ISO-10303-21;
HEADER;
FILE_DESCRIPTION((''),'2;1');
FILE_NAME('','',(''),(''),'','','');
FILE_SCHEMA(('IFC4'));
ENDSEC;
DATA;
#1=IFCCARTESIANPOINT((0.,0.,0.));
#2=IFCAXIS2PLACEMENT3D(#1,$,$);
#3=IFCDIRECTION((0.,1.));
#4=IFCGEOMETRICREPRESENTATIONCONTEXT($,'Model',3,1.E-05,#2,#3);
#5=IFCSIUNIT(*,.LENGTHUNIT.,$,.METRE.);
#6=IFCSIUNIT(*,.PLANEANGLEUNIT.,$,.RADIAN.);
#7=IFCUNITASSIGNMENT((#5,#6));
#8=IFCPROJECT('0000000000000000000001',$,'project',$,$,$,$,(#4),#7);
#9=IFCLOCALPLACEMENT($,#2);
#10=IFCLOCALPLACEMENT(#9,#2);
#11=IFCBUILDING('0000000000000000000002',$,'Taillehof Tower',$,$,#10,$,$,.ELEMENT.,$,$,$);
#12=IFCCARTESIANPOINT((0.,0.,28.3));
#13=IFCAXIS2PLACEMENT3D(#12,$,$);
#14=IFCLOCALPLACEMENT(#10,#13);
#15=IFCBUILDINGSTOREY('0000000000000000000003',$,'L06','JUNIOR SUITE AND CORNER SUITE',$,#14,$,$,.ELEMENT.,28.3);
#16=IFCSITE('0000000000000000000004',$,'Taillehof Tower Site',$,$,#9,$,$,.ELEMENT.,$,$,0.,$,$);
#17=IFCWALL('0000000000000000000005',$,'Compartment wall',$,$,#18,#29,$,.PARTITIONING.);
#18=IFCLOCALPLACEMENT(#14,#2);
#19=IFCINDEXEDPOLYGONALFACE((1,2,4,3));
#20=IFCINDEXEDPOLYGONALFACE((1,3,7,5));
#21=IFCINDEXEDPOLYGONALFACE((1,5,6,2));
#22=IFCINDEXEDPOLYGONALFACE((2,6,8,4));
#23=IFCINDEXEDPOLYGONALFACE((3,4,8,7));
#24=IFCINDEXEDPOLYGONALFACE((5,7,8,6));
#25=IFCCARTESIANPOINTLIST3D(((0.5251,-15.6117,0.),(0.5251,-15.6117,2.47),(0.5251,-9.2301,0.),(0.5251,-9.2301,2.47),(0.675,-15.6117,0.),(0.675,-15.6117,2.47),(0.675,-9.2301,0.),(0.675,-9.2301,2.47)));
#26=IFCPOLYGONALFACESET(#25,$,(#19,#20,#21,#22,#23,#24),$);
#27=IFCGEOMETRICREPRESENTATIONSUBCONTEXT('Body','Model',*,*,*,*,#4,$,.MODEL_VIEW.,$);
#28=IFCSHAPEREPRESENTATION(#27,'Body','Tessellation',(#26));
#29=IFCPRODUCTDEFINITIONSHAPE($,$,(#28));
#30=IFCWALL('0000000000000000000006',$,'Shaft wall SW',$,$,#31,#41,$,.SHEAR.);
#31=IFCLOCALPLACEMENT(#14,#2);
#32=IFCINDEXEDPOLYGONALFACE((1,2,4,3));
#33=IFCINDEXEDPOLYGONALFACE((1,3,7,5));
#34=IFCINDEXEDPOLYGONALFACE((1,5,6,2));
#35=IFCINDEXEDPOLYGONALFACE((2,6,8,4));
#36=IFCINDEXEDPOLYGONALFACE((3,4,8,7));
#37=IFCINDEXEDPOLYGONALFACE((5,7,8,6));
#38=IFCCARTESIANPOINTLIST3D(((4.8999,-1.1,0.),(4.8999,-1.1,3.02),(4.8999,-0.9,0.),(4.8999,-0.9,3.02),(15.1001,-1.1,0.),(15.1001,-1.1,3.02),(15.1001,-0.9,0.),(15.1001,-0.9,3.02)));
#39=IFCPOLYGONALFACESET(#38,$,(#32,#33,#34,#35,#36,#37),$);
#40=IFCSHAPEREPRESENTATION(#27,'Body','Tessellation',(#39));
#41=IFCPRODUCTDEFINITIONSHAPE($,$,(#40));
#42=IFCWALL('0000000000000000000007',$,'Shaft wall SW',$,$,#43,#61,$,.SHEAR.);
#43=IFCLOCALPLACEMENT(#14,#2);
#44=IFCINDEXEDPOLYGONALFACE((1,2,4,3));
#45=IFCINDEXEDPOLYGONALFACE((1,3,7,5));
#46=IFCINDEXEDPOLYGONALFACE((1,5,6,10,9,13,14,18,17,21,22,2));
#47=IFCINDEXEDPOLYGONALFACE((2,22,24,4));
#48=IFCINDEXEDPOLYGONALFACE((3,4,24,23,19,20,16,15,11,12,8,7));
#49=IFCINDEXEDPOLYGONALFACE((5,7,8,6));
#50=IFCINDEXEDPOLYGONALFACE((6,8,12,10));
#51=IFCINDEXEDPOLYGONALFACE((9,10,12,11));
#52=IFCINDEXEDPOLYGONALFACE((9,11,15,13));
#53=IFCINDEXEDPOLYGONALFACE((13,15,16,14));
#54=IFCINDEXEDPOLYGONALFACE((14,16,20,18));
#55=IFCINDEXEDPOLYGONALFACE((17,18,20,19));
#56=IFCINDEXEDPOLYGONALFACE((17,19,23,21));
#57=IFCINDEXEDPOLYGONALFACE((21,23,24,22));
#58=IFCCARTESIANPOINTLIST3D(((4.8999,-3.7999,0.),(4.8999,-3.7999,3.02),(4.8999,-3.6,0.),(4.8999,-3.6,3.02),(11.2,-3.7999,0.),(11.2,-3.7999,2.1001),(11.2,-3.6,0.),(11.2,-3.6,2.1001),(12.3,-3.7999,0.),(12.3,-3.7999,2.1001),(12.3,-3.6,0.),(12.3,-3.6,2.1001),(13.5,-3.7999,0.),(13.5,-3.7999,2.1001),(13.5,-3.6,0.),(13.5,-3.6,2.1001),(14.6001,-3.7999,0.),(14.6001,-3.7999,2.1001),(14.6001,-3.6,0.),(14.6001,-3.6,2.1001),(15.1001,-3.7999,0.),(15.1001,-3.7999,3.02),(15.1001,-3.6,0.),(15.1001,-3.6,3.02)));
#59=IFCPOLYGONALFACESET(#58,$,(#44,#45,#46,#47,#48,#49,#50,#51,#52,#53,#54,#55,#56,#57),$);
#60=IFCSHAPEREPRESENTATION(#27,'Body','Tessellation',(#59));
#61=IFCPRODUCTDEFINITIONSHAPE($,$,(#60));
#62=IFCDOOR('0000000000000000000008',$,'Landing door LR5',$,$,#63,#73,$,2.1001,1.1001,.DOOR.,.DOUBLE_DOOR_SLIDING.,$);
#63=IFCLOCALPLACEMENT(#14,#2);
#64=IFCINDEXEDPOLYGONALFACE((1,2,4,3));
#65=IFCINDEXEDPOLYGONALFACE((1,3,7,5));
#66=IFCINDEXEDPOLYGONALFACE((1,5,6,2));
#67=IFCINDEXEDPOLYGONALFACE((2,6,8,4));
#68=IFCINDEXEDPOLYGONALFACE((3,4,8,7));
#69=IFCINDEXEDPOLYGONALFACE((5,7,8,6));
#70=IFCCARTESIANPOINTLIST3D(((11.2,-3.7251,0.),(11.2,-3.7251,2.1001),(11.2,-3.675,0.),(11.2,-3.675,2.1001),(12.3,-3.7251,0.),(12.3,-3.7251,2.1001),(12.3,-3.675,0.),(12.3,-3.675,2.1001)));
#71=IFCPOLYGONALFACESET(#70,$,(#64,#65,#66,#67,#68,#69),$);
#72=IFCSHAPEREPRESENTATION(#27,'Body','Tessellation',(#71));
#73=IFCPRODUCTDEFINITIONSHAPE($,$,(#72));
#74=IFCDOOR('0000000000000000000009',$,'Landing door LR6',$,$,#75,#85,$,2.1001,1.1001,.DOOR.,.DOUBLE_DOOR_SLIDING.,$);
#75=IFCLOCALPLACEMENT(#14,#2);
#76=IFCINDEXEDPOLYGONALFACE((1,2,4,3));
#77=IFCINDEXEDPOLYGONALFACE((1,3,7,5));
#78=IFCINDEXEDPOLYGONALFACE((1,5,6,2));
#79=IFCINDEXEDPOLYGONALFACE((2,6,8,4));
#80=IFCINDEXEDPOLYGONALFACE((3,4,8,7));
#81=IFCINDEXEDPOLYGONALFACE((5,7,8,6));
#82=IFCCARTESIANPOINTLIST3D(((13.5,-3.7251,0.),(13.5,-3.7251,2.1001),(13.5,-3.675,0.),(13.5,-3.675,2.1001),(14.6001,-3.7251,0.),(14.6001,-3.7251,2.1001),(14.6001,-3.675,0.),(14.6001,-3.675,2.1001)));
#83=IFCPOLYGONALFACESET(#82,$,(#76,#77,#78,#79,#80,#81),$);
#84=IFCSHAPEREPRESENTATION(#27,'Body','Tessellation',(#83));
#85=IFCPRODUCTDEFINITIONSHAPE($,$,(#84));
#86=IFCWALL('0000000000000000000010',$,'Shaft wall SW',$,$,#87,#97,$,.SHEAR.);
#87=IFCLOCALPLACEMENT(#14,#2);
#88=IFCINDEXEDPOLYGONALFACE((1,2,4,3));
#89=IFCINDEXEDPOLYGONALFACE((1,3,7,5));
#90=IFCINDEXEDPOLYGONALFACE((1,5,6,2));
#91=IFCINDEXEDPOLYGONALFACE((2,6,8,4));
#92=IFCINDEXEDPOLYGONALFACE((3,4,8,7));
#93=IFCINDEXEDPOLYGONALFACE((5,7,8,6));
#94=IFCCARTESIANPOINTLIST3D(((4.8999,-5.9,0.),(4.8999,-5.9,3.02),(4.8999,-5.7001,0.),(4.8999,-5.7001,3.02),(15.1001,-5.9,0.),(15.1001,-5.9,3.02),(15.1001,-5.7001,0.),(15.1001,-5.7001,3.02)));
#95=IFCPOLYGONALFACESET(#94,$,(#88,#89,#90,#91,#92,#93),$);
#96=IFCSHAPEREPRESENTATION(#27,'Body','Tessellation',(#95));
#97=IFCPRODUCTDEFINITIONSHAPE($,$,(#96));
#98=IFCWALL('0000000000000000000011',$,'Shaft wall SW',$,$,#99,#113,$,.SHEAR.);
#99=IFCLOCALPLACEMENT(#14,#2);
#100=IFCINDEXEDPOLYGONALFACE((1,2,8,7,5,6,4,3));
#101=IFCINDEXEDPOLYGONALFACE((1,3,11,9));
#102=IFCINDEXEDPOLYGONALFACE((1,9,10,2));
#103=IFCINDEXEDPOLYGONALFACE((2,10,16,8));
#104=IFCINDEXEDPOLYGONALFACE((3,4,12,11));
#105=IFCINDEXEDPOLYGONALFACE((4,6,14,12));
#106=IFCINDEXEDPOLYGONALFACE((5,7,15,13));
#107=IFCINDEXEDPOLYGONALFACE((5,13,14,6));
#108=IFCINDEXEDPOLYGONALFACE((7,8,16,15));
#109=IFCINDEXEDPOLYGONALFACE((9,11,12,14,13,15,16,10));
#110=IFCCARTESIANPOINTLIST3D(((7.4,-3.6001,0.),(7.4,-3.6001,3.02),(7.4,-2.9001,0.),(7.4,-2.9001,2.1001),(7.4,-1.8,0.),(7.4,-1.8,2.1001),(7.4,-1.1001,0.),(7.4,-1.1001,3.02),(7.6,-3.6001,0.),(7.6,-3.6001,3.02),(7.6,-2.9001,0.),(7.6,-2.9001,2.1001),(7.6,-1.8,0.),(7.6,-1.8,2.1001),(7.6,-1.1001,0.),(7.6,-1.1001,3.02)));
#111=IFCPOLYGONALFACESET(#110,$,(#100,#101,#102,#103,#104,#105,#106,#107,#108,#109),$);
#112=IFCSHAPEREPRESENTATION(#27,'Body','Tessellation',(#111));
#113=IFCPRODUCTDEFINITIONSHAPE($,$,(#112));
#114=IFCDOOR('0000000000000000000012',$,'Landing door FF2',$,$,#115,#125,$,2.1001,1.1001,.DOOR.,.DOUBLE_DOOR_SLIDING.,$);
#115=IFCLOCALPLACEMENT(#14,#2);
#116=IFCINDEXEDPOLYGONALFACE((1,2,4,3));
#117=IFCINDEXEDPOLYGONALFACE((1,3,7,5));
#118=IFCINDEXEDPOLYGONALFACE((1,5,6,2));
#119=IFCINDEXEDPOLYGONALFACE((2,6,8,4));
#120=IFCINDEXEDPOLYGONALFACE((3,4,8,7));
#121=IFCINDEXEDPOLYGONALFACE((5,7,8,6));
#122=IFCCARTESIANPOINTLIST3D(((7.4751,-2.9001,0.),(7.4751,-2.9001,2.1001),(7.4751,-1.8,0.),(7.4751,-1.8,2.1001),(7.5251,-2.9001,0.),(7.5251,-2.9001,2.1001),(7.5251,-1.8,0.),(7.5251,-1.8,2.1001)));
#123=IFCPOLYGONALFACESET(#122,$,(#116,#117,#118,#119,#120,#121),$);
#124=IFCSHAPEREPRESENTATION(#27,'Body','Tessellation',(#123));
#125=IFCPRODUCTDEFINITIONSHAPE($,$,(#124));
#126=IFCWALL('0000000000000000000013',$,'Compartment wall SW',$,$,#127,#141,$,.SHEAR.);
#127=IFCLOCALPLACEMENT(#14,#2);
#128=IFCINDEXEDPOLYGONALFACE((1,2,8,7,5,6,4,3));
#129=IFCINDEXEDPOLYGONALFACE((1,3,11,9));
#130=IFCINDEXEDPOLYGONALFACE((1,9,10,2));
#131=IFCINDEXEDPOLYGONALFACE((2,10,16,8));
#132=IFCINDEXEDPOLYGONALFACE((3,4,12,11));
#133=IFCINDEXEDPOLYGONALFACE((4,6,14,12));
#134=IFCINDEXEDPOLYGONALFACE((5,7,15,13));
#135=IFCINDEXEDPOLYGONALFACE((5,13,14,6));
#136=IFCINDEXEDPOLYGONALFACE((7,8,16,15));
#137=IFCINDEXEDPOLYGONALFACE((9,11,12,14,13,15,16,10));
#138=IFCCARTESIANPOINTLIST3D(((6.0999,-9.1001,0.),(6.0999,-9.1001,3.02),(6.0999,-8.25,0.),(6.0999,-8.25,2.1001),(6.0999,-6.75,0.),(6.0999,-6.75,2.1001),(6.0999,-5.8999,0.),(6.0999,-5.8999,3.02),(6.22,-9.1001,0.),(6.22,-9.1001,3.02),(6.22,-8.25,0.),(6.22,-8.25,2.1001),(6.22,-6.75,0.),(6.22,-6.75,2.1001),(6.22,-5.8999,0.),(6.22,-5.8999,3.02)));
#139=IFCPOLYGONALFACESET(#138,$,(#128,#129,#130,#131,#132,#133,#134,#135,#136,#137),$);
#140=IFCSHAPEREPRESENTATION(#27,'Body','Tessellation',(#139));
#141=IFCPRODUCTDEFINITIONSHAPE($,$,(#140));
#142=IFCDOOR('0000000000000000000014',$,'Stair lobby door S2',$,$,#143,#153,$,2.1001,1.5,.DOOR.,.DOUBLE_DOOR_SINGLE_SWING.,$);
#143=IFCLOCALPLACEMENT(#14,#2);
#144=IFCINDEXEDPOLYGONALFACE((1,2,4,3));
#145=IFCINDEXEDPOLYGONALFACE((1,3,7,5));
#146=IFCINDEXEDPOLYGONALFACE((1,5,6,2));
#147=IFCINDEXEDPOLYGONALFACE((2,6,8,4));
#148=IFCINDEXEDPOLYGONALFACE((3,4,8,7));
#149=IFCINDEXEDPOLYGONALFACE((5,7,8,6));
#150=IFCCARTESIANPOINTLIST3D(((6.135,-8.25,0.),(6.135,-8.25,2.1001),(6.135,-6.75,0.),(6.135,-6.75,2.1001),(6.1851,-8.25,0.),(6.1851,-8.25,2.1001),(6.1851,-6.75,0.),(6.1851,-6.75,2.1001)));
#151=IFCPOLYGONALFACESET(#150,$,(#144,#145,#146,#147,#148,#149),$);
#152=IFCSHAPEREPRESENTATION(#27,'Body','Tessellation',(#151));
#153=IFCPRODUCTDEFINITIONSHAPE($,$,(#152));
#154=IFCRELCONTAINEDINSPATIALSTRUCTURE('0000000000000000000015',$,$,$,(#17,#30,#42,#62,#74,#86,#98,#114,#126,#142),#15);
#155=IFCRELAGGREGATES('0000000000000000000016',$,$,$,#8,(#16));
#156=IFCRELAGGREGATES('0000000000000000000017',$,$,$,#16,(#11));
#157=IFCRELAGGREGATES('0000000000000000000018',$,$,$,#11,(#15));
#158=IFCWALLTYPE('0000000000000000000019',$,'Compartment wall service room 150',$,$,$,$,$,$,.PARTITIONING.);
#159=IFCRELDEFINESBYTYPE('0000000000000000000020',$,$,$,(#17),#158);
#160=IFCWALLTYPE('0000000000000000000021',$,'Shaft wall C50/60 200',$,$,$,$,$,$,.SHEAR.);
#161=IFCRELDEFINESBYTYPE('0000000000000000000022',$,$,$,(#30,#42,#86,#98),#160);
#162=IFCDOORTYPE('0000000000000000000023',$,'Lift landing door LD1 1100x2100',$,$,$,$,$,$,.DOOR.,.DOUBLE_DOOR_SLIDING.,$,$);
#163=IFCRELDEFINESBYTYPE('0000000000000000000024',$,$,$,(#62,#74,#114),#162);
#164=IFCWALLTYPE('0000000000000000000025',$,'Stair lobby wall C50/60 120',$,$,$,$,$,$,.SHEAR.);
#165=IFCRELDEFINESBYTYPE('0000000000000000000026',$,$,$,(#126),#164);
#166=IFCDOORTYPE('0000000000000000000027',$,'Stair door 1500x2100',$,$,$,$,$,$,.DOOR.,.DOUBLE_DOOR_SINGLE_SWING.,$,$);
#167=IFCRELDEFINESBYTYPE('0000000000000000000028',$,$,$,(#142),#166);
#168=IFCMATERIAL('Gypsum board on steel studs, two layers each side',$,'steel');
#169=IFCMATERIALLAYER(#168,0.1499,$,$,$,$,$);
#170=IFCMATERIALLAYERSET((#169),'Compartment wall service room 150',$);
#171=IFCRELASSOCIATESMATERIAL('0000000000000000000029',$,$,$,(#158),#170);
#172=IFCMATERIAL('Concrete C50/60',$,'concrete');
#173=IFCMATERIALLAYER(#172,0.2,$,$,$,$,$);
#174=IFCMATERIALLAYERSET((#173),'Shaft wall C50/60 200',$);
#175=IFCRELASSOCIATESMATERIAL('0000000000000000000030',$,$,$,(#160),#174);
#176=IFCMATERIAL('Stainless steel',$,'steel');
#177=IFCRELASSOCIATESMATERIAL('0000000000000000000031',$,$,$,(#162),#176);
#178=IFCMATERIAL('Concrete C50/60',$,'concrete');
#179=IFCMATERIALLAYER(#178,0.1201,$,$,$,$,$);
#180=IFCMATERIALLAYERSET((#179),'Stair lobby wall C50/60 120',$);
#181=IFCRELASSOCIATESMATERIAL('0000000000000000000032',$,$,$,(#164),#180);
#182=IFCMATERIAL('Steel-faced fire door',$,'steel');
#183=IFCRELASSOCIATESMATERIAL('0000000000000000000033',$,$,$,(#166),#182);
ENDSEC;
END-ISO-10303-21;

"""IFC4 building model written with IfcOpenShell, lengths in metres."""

from ifc_helpers import new_model, si_unit, direction, frame, frame_2d, origin, place, context, subcontext, project, spatial, rectangle, extrude, material, layer, layer_set, type_object, element, fill, save


model = new_model("IFC4")

# Units and contexts
model_context = context("Model", 3, precision=1e-05, world=origin(), true_north=direction((0.0, 1.0)))
body_context = subcontext(model_context, "Body", "Model", "MODEL_VIEW")
ifc_project = project(units=[si_unit("LENGTHUNIT", "METRE"), si_unit("PLANEANGLEUNIT", "RADIAN")], contexts=[model_context])

# Site, building, storey
site_placement = place(None, origin())
site = spatial("IfcSite", under=ifc_project, at=site_placement, Name="Taillehof Tower Site", CompositionType="ELEMENT", RefElevation=0.0)
building_placement = place(site_placement, origin())
building = spatial("IfcBuilding", under=site, at=building_placement, Name="Taillehof Tower", CompositionType="ELEMENT")
storey_placement = place(building_placement, frame((0.0, 0.0, 28.3)))
storey = spatial("IfcBuildingStorey", under=building, at=storey_placement, Name="L06", Description="JUNIOR SUITE AND CORNER SUITE", CompositionType="ELEMENT", Elevation=28.3)

# Walls
ifc_material_1 = material(Name="Gypsum board on steel studs, two layers each side", Category="steel")
ifc_layer_1 = layer(ifc_material_1, 0.1499)
ifc_layer_set_1 = layer_set([ifc_layer_1], Name="Compartment wall service room 150")
wall_type_1 = type_object("IfcWallType", Name="Compartment wall service room 150", PredefinedType="PARTITIONING", material=ifc_layer_set_1)
wall_1_placement = place(storey_placement, frame((0.6001, -9.23, 0.0), z_axis=(0.0, 0.0, 1.0), x_axis=(0.0, -1.0, 0.0)))
element("IfcWall", 1, at=wall_1_placement, inside=storey, type_object=wall_type_1, Name="Compartment wall", PredefinedType="PARTITIONING", context=body_context, shape_type="SweptSolid", body=[
    extrude(rectangle(XDim=6.3816, YDim=0.1499, at=frame_2d((3.1909, 0.0))), origin(), (0.0, 0.0, 1.0), 2.47),
])
ifc_material_2 = material(Name="Concrete C50/60", Category="concrete")
ifc_layer_2 = layer(ifc_material_2, 0.2)
ifc_layer_set_2 = layer_set([ifc_layer_2], Name="Shaft wall C50/60 200")
wall_type_2 = type_object("IfcWallType", Name="Shaft wall C50/60 200", PredefinedType="SHEAR", material=ifc_layer_set_2)
wall_2_placement = place(storey_placement, frame((4.8999, -1.0, 0.0), z_axis=(0.0, 0.0, 1.0), x_axis=(1.0, 0.0, 0.0)))
element("IfcWall", 2, at=wall_2_placement, inside=storey, type_object=wall_type_2, Name="Shaft wall SW", PredefinedType="SHEAR", context=body_context, shape_type="SweptSolid", body=[
    extrude(rectangle(XDim=10.2002, YDim=0.2, at=frame_2d((5.1001, 0.0))), origin(), (0.0, 0.0, 1.0), 3.02),
])

# Wall, openings, doors
wall_3_placement = place(storey_placement, frame((4.8999, -3.7, 0.0), z_axis=(0.0, 0.0, 1.0), x_axis=(1.0, 0.0, 0.0)))
wall_3 = element("IfcWall", 3, at=wall_3_placement, inside=storey, type_object=wall_type_2, Name="Shaft wall SW", PredefinedType="SHEAR", context=body_context, shape_type="SweptSolid", body=[
    extrude(rectangle(XDim=10.2002, YDim=0.2, at=frame_2d((5.1001, 0.0))), origin(), (0.0, 0.0, 1.0), 3.02),
])
opening_1_placement = place(wall_3_placement, frame((6.3, 0.0, 0.0)))
opening_1 = element("IfcOpeningElement", 4, at=opening_1_placement, cuts=wall_3, PredefinedType="OPENING", context=body_context, shape_type="SweptSolid", body=[
    extrude(rectangle(XDim=1.1001, YDim=2.1001, at=frame_2d((0.55, 1.05))), frame((0.0, 0.1099, 0.0), z_axis=(0.0, -1.0, 0.0), x_axis=(1.0, 0.0, 0.0)), (0.0, 0.0, 1.0), 0.22),
])
opening_2_placement = place(wall_3_placement, frame((8.6001, 0.0, 0.0)))
opening_2 = element("IfcOpeningElement", 5, at=opening_2_placement, cuts=wall_3, PredefinedType="OPENING", context=body_context, shape_type="SweptSolid", body=[
    extrude(rectangle(XDim=1.1001, YDim=2.1001, at=frame_2d((0.55, 1.05))), frame((0.0, 0.1099, 0.0), z_axis=(0.0, -1.0, 0.0), x_axis=(1.0, 0.0, 0.0)), (0.0, 0.0, 1.0), 0.22),
])
ifc_material_3 = material(Name="Stainless steel", Category="steel")
door_type_1 = type_object("IfcDoorType", Name="Lift landing door LD1 1100x2100", OperationType="DOUBLE_DOOR_SLIDING", PredefinedType="DOOR", material=ifc_material_3)
door_1_placement = place(opening_1_placement, origin())
door_1 = element("IfcDoor", 6, at=door_1_placement, inside=storey, type_object=door_type_1, Name="Landing door LR5", OperationType="DOUBLE_DOOR_SLIDING", OverallHeight=2.1001, OverallWidth=1.1001, PredefinedType="DOOR", context=body_context, shape_type="SweptSolid", body=[
    extrude(rectangle(XDim=1.1001, YDim=2.1001, at=frame_2d((0.55, 1.05))), frame((0.0, 0.0249, 0.0), z_axis=(0.0, -1.0, 0.0), x_axis=(1.0, 0.0, 0.0)), (0.0, 0.0, 1.0), 0.05),
])
fill(opening_1, door_1)
door_2_placement = place(opening_2_placement, origin())
door_2 = element("IfcDoor", 7, at=door_2_placement, inside=storey, type_object=door_type_1, Name="Landing door LR6", OperationType="DOUBLE_DOOR_SLIDING", OverallHeight=2.1001, OverallWidth=1.1001, PredefinedType="DOOR", context=body_context, shape_type="SweptSolid", body=[
    extrude(rectangle(XDim=1.1001, YDim=2.1001, at=frame_2d((0.55, 1.05))), frame((0.0, 0.0249, 0.0), z_axis=(0.0, -1.0, 0.0), x_axis=(1.0, 0.0, 0.0)), (0.0, 0.0, 1.0), 0.05),
])
fill(opening_2, door_2)

# Wall
wall_4_placement = place(storey_placement, frame((4.8999, -5.8, 0.0), z_axis=(0.0, 0.0, 1.0), x_axis=(1.0, 0.0, 0.0)))
element("IfcWall", 8, at=wall_4_placement, inside=storey, type_object=wall_type_2, Name="Shaft wall SW", PredefinedType="SHEAR", context=body_context, shape_type="SweptSolid", body=[
    extrude(rectangle(XDim=10.2002, YDim=0.2, at=frame_2d((5.1001, 0.0))), origin(), (0.0, 0.0, 1.0), 3.02),
])

# Walls, openings, doors
wall_5_placement = place(storey_placement, frame((7.5, -3.6001, 0.0), z_axis=(0.0, 0.0, 1.0), x_axis=(0.0, 1.0, 0.0)))
wall_5 = element("IfcWall", 9, at=wall_5_placement, inside=storey, type_object=wall_type_2, Name="Shaft wall SW", PredefinedType="SHEAR", context=body_context, shape_type="SweptSolid", body=[
    extrude(rectangle(XDim=2.5, YDim=0.2, at=frame_2d((1.25, 0.0))), origin(), (0.0, 0.0, 1.0), 3.02),
])
opening_3_placement = place(wall_5_placement, frame((0.7, 0.0, 0.0)))
opening_3 = element("IfcOpeningElement", 10, at=opening_3_placement, cuts=wall_5, PredefinedType="OPENING", context=body_context, shape_type="SweptSolid", body=[
    extrude(rectangle(XDim=1.1001, YDim=2.1001, at=frame_2d((0.55, 1.05))), frame((0.0, 0.1099, 0.0), z_axis=(0.0, -1.0, 0.0), x_axis=(1.0, 0.0, 0.0)), (0.0, 0.0, 1.0), 0.22),
])
door_3_placement = place(opening_3_placement, origin())
door_3 = element("IfcDoor", 11, at=door_3_placement, inside=storey, type_object=door_type_1, Name="Landing door FF2", OperationType="DOUBLE_DOOR_SLIDING", OverallHeight=2.1001, OverallWidth=1.1001, PredefinedType="DOOR", context=body_context, shape_type="SweptSolid", body=[
    extrude(rectangle(XDim=1.1001, YDim=2.1001, at=frame_2d((0.55, 1.05))), frame((0.0, 0.0249, 0.0), z_axis=(0.0, -1.0, 0.0), x_axis=(1.0, 0.0, 0.0)), (0.0, 0.0, 1.0), 0.05),
])
fill(opening_3, door_3)
ifc_material_4 = material(Name="Concrete C50/60", Category="concrete")
ifc_layer_3 = layer(ifc_material_4, 0.1201)
ifc_layer_set_3 = layer_set([ifc_layer_3], Name="Stair lobby wall C50/60 120")
wall_type_3 = type_object("IfcWallType", Name="Stair lobby wall C50/60 120", PredefinedType="SHEAR", material=ifc_layer_set_3)
wall_6_placement = place(storey_placement, frame((6.1599, -9.1001, 0.0), z_axis=(0.0, 0.0, 1.0), x_axis=(0.0, 1.0, 0.0)))
wall_6 = element("IfcWall", 12, at=wall_6_placement, inside=storey, type_object=wall_type_3, Name="Compartment wall SW", PredefinedType="SHEAR", context=body_context, shape_type="SweptSolid", body=[
    extrude(rectangle(XDim=3.2002, YDim=0.1201, at=frame_2d((1.6001, 0.0))), origin(), (0.0, 0.0, 1.0), 3.02),
])
opening_4_placement = place(wall_6_placement, frame((0.8501, 0.0, 0.0)))
opening_4 = element("IfcOpeningElement", 13, at=opening_4_placement, cuts=wall_6, PredefinedType="OPENING", context=body_context, shape_type="SweptSolid", body=[
    extrude(rectangle(XDim=1.5, YDim=2.1001, at=frame_2d((0.75, 1.05))), frame((0.0, 0.0701, 0.0), z_axis=(0.0, -1.0, 0.0), x_axis=(1.0, 0.0, 0.0)), (0.0, 0.0, 1.0), 0.1401),
])
ifc_material_5 = material(Name="Steel-faced fire door", Category="steel")
door_type_2 = type_object("IfcDoorType", Name="Stair door 1500x2100", OperationType="DOUBLE_DOOR_SINGLE_SWING", PredefinedType="DOOR", material=ifc_material_5)
door_4_placement = place(opening_4_placement, origin())
door_4 = element("IfcDoor", 14, at=door_4_placement, inside=storey, type_object=door_type_2, Name="Stair lobby door S2", OperationType="DOUBLE_DOOR_SINGLE_SWING", OverallHeight=2.1001, OverallWidth=1.5, PredefinedType="DOOR", context=body_context, shape_type="SweptSolid", body=[
    extrude(rectangle(XDim=1.5, YDim=2.1001, at=frame_2d((0.75, 1.05))), frame((0.0, 0.0249, 0.0), z_axis=(0.0, -1.0, 0.0), x_axis=(1.0, 0.0, 0.0)), (0.0, 0.0, 1.0), 0.05),
])
fill(opening_4, door_4)

save(model, "model.ifc")
